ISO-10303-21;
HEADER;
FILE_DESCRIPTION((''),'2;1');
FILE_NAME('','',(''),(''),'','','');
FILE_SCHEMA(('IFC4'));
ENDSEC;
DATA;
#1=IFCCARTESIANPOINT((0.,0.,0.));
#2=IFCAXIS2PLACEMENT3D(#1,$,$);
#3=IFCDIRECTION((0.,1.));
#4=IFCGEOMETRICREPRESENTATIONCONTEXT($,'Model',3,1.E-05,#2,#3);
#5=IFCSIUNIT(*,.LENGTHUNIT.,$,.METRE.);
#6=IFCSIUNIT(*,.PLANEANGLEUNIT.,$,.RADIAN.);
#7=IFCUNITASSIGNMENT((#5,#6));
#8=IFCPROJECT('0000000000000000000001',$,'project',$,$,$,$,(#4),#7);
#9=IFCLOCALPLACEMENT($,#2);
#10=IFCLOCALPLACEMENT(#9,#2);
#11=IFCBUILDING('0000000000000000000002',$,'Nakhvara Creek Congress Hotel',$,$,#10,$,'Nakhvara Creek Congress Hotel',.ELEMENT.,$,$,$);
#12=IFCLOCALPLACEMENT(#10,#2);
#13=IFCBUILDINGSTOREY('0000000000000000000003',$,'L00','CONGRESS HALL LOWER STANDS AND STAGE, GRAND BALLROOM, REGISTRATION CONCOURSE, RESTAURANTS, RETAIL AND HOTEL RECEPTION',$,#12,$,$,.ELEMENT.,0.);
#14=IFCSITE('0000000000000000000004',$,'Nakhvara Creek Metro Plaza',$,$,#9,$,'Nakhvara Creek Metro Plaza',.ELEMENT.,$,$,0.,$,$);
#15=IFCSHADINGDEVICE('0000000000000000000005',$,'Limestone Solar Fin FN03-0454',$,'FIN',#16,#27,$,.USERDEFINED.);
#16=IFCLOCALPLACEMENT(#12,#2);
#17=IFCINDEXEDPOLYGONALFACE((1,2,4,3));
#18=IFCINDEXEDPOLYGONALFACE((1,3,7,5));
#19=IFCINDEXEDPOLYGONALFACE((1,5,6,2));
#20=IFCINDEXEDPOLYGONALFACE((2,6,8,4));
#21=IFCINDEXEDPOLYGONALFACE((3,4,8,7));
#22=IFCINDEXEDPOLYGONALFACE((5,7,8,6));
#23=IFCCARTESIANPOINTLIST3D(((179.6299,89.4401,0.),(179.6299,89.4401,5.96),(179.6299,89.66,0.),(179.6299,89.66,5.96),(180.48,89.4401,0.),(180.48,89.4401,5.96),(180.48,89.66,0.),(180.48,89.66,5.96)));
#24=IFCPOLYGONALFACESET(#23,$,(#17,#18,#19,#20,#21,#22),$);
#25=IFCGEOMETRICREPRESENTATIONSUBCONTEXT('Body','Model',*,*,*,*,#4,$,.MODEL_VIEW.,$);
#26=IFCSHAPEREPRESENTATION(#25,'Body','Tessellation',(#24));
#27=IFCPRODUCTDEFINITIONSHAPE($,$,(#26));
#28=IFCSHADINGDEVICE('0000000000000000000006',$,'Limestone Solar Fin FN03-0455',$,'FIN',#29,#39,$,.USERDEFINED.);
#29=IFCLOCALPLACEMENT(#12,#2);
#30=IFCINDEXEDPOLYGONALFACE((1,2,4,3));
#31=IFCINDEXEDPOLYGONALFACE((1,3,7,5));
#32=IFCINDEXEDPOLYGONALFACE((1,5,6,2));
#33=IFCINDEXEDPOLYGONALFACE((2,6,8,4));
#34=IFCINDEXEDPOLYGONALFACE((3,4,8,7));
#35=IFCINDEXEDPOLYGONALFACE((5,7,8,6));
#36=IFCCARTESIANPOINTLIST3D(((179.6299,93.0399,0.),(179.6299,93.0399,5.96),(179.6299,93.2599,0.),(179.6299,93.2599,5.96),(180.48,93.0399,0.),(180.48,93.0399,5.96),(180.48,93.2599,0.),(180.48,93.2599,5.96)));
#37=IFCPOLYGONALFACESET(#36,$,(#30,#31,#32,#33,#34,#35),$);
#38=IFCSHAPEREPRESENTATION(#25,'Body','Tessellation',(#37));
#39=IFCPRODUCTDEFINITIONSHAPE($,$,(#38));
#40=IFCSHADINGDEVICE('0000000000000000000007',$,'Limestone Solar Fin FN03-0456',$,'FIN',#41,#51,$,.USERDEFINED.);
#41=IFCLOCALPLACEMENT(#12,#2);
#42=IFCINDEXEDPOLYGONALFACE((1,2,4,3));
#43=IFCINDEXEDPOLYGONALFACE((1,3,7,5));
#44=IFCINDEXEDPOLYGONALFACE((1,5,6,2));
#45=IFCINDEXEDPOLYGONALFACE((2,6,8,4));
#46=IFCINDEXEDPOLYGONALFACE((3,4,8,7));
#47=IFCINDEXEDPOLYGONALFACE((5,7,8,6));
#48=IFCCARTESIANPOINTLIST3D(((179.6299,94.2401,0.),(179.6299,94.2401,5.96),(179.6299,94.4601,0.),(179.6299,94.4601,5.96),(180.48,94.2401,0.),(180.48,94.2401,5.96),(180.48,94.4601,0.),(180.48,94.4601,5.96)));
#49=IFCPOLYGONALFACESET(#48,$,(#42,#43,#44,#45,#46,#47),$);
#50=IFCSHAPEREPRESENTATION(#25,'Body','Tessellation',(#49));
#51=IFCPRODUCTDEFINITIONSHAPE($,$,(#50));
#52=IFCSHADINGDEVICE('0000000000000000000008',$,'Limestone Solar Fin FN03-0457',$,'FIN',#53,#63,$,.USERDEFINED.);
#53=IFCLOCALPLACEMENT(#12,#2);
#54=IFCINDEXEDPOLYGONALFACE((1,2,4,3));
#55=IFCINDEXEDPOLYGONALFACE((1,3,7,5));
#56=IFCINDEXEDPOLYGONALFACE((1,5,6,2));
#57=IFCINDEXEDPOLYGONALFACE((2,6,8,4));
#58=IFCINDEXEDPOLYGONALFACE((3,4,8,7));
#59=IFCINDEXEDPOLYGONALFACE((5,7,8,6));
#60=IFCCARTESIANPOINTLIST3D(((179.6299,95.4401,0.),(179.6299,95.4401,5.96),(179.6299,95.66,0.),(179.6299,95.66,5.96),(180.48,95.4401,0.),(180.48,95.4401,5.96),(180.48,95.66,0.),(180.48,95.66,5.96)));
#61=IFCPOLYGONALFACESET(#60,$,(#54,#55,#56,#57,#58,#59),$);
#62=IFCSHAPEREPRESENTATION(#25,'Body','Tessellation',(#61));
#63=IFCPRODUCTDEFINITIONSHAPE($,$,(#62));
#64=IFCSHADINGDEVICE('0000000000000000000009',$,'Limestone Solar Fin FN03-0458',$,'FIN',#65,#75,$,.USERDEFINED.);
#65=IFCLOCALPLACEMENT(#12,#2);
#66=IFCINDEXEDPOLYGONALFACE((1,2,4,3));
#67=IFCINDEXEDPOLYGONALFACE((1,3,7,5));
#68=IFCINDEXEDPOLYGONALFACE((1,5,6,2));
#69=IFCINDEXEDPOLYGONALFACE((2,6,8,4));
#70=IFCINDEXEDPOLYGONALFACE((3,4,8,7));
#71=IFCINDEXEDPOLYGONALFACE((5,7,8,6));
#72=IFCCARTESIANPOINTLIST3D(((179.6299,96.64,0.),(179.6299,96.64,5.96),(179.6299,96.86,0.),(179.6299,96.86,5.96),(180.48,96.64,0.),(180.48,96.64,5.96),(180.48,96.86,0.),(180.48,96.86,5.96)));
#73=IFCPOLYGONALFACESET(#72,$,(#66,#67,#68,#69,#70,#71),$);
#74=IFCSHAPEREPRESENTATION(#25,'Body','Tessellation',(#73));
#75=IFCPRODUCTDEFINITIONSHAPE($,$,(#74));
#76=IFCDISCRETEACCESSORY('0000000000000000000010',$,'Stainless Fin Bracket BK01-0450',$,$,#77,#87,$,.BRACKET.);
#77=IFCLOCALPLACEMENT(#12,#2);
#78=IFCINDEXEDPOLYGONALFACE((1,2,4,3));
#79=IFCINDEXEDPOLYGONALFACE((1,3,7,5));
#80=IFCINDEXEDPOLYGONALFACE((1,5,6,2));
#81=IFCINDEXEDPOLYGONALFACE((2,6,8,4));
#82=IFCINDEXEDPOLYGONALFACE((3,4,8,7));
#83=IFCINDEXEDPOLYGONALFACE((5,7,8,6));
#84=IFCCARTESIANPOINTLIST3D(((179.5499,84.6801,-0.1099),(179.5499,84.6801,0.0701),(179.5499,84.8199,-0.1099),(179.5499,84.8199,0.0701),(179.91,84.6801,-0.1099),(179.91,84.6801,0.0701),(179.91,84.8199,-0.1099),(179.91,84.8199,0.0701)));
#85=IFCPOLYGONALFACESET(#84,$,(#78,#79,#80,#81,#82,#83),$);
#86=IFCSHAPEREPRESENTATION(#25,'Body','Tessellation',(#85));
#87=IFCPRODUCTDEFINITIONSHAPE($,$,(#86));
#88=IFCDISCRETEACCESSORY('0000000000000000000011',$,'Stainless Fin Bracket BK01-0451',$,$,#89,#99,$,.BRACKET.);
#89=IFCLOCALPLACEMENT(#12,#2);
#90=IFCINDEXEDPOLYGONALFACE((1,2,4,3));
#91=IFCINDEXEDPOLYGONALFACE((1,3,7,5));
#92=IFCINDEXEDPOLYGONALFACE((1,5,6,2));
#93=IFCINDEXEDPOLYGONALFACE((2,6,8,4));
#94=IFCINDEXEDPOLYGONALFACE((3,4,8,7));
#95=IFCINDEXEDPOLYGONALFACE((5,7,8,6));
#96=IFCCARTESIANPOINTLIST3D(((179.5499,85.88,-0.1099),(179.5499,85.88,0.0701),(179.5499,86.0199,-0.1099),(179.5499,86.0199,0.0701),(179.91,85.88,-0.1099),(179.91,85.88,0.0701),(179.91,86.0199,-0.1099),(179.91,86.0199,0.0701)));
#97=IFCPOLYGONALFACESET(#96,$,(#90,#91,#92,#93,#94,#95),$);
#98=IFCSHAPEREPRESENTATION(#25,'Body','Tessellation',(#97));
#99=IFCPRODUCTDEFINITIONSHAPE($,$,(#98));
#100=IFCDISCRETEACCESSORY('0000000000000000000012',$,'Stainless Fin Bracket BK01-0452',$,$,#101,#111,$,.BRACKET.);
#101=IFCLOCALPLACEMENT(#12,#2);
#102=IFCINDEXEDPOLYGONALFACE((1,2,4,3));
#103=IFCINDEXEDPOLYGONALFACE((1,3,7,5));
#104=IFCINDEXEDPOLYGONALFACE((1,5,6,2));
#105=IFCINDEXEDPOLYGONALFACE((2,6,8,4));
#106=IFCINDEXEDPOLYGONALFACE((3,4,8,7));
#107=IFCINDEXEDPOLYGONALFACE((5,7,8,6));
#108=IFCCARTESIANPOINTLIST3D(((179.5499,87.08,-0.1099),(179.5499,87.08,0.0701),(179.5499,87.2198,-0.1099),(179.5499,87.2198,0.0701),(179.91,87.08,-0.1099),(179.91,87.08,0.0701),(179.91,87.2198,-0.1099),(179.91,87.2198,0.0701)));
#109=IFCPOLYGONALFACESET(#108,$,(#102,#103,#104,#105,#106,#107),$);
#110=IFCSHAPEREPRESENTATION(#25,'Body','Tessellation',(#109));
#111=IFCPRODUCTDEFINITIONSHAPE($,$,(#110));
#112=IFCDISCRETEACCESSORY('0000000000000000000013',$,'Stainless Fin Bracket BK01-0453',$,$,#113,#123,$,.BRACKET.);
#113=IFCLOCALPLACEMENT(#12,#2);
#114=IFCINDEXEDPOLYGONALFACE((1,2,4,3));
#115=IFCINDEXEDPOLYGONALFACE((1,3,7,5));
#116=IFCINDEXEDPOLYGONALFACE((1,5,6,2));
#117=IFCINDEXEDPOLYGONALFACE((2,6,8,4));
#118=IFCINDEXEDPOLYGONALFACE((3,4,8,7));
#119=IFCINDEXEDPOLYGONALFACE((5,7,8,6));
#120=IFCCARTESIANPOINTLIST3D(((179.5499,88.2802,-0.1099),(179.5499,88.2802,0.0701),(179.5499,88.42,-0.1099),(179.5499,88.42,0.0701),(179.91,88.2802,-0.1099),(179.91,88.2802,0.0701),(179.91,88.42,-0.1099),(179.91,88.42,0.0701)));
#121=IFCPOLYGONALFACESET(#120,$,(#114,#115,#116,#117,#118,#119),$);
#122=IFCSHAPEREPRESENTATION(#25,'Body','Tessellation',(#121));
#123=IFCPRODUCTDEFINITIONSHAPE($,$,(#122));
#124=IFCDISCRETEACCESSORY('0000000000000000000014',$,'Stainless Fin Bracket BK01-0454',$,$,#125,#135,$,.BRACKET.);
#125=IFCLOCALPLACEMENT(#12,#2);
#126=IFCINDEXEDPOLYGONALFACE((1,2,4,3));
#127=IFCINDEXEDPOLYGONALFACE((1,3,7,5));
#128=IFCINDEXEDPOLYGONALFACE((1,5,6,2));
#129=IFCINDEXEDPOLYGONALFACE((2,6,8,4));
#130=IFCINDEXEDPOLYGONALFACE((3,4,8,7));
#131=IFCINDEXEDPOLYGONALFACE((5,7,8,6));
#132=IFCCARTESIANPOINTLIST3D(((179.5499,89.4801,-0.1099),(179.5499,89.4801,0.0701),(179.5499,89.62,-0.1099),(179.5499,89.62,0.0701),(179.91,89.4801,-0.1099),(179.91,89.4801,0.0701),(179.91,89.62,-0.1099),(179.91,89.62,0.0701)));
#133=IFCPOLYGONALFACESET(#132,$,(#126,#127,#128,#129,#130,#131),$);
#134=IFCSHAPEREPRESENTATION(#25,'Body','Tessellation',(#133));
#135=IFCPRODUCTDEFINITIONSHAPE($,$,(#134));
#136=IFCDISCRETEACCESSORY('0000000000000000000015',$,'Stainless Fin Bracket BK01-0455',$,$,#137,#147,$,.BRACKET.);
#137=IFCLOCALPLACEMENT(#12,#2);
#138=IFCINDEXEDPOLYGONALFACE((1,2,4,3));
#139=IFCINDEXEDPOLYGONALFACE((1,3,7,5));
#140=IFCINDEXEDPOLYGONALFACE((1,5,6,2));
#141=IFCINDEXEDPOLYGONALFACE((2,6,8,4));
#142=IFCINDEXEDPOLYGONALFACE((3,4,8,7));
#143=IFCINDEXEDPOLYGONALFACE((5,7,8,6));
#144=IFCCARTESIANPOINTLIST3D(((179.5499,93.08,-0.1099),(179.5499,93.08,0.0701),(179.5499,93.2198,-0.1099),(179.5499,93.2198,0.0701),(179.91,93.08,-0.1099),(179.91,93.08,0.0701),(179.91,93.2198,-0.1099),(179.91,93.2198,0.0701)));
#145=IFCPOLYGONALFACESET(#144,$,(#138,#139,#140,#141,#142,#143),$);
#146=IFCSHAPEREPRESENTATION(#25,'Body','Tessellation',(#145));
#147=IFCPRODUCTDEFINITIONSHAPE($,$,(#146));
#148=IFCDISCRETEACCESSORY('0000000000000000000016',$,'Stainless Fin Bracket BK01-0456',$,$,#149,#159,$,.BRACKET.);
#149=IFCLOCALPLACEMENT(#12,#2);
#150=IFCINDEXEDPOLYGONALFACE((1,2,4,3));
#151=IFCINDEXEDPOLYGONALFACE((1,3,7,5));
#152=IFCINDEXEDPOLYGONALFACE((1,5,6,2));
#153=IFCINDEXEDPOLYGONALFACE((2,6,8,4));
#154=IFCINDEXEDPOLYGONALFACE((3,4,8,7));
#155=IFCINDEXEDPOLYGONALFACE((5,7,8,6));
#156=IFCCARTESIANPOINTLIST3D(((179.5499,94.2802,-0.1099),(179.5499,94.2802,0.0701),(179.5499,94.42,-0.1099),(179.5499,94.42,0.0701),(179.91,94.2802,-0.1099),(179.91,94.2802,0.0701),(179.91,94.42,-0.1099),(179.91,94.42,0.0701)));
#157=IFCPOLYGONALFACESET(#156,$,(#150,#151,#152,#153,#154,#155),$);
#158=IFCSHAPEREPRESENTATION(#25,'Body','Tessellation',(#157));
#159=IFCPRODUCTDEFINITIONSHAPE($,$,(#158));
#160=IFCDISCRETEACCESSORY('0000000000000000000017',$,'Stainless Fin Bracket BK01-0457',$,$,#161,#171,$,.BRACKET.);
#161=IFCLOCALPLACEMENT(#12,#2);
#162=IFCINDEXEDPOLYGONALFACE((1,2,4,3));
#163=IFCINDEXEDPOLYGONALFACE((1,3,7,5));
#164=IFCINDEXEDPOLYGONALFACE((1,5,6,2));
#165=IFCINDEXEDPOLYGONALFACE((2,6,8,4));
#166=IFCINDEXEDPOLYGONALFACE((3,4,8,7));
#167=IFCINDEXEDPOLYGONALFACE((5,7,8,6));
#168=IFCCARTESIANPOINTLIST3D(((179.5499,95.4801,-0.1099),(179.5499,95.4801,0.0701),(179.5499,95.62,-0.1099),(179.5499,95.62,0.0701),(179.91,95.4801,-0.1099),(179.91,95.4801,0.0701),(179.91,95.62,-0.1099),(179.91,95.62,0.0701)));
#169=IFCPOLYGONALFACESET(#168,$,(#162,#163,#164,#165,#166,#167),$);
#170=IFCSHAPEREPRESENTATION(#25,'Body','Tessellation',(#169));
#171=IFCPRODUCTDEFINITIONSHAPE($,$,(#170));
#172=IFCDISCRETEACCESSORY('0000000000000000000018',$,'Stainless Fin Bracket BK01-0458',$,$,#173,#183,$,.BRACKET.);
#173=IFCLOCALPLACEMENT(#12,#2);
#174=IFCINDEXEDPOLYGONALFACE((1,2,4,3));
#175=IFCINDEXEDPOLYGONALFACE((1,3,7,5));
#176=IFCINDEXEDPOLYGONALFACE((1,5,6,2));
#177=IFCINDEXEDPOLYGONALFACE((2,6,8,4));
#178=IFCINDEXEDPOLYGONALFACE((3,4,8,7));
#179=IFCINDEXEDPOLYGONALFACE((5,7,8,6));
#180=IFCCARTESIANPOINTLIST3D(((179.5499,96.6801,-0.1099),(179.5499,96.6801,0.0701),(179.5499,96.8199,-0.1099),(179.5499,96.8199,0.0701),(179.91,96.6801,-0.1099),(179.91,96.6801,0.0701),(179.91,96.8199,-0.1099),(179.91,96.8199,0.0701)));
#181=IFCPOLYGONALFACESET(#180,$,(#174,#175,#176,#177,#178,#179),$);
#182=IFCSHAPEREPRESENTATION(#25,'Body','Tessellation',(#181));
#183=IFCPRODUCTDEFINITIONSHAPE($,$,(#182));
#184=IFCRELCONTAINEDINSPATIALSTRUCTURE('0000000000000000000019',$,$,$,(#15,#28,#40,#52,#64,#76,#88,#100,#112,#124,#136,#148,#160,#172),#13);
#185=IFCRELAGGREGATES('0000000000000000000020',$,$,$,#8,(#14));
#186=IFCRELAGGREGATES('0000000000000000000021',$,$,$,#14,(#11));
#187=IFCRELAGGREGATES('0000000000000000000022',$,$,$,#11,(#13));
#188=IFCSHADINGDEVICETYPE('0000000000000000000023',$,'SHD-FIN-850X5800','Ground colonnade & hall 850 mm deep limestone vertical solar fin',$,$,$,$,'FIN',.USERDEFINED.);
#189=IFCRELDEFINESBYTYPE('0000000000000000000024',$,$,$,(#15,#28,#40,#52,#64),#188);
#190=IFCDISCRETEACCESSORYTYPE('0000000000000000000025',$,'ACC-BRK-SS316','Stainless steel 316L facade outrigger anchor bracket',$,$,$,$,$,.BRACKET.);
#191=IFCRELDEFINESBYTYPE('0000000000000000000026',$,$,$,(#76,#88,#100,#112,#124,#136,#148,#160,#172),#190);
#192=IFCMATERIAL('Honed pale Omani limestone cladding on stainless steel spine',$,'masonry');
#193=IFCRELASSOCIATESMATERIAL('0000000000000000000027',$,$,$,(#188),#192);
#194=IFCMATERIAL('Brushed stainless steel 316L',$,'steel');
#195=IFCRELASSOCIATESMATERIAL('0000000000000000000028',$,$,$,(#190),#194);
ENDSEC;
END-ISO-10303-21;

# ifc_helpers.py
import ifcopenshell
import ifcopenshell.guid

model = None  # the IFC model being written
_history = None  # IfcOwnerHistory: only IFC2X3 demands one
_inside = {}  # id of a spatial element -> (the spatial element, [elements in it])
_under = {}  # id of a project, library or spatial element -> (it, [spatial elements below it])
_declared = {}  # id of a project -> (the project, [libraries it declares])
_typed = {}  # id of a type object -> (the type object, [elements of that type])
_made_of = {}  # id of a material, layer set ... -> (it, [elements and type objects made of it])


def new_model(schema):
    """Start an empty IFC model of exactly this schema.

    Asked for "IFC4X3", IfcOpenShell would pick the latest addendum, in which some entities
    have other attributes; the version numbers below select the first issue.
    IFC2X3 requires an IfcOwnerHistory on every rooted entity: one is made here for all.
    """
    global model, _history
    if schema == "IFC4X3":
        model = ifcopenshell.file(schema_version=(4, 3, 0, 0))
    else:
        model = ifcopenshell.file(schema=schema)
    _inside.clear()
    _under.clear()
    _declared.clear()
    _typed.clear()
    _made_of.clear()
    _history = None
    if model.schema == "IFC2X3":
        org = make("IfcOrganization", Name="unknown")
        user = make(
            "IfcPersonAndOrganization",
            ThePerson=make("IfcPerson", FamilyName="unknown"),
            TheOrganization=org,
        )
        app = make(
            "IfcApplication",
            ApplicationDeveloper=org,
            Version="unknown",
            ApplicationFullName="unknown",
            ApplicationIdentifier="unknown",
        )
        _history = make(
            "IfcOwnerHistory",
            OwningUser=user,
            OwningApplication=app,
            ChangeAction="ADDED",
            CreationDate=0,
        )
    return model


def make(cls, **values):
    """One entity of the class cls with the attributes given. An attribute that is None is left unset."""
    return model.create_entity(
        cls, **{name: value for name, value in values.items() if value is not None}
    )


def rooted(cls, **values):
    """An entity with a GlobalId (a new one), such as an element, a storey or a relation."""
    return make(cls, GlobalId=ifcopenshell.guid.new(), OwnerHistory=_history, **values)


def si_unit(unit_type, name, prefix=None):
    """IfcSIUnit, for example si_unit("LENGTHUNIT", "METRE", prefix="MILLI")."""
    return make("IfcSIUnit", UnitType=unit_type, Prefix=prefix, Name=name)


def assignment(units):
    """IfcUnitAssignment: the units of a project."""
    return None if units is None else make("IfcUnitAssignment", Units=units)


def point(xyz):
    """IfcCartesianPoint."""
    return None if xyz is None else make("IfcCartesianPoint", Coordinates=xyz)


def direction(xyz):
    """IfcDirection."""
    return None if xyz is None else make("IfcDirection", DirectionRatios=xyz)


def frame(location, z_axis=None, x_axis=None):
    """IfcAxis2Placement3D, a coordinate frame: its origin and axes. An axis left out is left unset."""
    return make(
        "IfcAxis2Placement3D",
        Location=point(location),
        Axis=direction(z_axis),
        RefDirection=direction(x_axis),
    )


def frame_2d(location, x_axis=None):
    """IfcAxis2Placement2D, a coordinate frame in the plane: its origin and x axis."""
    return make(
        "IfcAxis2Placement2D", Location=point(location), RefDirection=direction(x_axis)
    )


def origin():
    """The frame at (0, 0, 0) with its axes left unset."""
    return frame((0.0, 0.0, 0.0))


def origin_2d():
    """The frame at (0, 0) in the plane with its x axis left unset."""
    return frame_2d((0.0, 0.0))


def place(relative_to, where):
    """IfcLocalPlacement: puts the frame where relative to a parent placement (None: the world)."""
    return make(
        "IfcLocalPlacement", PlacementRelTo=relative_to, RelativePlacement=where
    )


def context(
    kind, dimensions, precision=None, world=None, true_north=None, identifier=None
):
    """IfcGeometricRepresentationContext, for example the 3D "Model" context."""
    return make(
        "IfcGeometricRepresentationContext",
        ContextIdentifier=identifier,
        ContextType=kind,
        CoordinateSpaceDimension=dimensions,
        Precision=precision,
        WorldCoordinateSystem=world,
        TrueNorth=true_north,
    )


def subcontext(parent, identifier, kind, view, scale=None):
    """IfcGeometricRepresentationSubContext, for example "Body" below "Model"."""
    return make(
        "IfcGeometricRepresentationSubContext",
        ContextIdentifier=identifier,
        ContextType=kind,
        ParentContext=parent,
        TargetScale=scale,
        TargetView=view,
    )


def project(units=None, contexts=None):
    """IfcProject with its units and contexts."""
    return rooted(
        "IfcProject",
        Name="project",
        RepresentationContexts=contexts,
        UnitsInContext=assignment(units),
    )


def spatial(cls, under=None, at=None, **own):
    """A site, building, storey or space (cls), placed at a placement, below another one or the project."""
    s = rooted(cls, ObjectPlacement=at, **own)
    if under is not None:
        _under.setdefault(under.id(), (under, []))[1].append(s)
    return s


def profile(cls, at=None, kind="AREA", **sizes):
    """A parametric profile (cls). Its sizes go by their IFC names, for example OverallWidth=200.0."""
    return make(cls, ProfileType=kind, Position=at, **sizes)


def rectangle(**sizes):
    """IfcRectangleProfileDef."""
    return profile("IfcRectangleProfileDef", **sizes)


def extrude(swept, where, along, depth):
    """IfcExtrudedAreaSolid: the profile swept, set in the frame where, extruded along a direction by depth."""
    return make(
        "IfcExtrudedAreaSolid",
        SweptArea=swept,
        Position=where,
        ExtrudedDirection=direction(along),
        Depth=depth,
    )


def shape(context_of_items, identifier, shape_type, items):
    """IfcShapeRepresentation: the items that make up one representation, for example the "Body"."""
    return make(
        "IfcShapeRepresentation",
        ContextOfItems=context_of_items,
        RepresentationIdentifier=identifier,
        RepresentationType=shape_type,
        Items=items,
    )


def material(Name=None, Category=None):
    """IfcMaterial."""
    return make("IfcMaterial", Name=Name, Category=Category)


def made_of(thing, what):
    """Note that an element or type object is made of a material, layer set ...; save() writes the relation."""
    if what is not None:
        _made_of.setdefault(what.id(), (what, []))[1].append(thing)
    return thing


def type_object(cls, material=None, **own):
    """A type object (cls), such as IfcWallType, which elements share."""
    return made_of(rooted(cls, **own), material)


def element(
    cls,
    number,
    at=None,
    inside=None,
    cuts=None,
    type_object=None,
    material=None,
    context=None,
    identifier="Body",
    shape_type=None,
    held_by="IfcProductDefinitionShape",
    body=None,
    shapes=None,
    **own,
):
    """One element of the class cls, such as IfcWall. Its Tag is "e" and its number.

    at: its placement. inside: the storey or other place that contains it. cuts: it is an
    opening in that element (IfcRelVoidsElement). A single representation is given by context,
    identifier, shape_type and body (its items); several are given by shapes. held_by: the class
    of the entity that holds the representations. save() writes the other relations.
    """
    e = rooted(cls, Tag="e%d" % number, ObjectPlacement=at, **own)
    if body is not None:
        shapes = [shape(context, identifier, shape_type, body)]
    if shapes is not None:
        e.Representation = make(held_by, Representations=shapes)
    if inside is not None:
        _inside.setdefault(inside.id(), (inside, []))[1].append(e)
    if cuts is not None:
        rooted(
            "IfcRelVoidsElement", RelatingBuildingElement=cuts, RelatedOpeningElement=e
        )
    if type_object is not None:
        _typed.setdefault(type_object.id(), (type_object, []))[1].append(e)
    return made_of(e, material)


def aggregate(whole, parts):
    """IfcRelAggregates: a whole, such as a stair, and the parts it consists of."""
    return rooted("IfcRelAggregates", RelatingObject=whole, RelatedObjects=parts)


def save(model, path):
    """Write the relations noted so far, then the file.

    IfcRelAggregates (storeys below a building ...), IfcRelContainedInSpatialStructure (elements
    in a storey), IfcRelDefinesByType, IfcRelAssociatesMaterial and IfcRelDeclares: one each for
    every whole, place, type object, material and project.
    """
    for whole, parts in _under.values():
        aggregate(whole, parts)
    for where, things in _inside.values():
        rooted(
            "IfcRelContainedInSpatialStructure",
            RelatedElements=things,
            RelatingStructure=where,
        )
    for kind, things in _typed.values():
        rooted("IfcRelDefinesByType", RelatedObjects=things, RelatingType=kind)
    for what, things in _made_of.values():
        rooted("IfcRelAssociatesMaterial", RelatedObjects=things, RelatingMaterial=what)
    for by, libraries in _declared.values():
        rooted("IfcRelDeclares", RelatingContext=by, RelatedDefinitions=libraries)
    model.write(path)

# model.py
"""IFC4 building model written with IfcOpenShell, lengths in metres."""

from ifc_helpers import new_model, si_unit, direction, frame, origin, origin_2d, place, context, subcontext, project, spatial, rectangle, extrude, material, type_object, element, save


model = new_model("IFC4")

# Units and contexts
model_context = context("Model", 3, precision=1e-05, world=origin(), true_north=direction((0.0, 1.0)))
body_context = subcontext(model_context, "Body", "Model", "MODEL_VIEW")
ifc_project = project(units=[si_unit("LENGTHUNIT", "METRE"), si_unit("PLANEANGLEUNIT", "RADIAN")], contexts=[model_context])

# Site, building, storey
site_placement = place(None, origin())
site = spatial("IfcSite", under=ifc_project, at=site_placement, Name="Nakhvara Creek Metro Plaza", LongName="Nakhvara Creek Metro Plaza", CompositionType="ELEMENT", RefElevation=0.0)
building_placement = place(site_placement, origin())
building = spatial("IfcBuilding", under=site, at=building_placement, Name="Nakhvara Creek Congress Hotel", LongName="Nakhvara Creek Congress Hotel", CompositionType="ELEMENT")
storey_placement = place(building_placement, origin())
storey = spatial("IfcBuildingStorey", under=building, at=storey_placement, Name="L00", Description="CONGRESS HALL LOWER STANDS AND STAGE, GRAND BALLROOM, REGISTRATION CONCOURSE, RESTAURANTS, RETAIL AND HOTEL RECEPTION", CompositionType="ELEMENT", Elevation=0.0)

# Shading devices
ifc_material_1 = material(Name="Honed pale Omani limestone cladding on stainless steel spine", Category="masonry")
shading_device_type = type_object("IfcShadingDeviceType", Name="SHD-FIN-850X5800", Description="Ground colonnade & hall 850 mm deep limestone vertical solar fin", ElementType="FIN", PredefinedType="USERDEFINED", material=ifc_material_1)
for number, where, z_axis, x_axis, name in (
    (1, (180.0549, 89.55, 0.0), (0.0, 0.0, 1.0), (0.0, 1.0, 0.0), "Limestone Solar Fin FN03-0454"),
    (2, (180.0549, 93.1499, 0.0), (0.0, 0.0, 1.0), (0.0, 1.0, 0.0), "Limestone Solar Fin FN03-0455"),
    (3, (180.0549, 94.3501, 0.0), (0.0, 0.0, 1.0), (0.0, 1.0, 0.0), "Limestone Solar Fin FN03-0456"),
    (4, (180.0549, 95.55, 0.0), (0.0, 0.0, 1.0), (0.0, 1.0, 0.0), "Limestone Solar Fin FN03-0457"),
    (5, (180.0549, 96.75, 0.0), (0.0, 0.0, 1.0), (0.0, 1.0, 0.0), "Limestone Solar Fin FN03-0458"),
):
    element("IfcShadingDevice", number, at=place(storey_placement, frame(where, z_axis=z_axis, x_axis=x_axis)), inside=storey, type_object=shading_device_type, Name=name, ObjectType="FIN", PredefinedType="USERDEFINED", context=body_context, shape_type="SweptSolid", body=[
        extrude(rectangle(XDim=0.22, YDim=0.8501, at=origin_2d()), origin(), (0.0, 0.0, 1.0), 5.96),
    ])

# Discrete accessories
ifc_material_2 = material(Name="Brushed stainless steel 316L", Category="steel")
discrete_accessory_type = type_object("IfcDiscreteAccessoryType", Name="ACC-BRK-SS316", Description="Stainless steel 316L facade outrigger anchor bracket", PredefinedType="BRACKET", material=ifc_material_2)
for number, where, z_axis, x_axis, name in (
    (6, (179.73, 84.75, -0.1099), (0.0, 0.0, 1.0), (0.0, 1.0, 0.0), "Stainless Fin Bracket BK01-0450"),
    (7, (179.73, 85.95, -0.1099), (0.0, 0.0, 1.0), (0.0, 1.0, 0.0), "Stainless Fin Bracket BK01-0451"),
    (8, (179.73, 87.1499, -0.1099), (0.0, 0.0, 1.0), (0.0, 1.0, 0.0), "Stainless Fin Bracket BK01-0452"),
    (9, (179.73, 88.3501, -0.1099), (0.0, 0.0, 1.0), (0.0, 1.0, 0.0), "Stainless Fin Bracket BK01-0453"),
    (10, (179.73, 89.55, -0.1099), (0.0, 0.0, 1.0), (0.0, 1.0, 0.0), "Stainless Fin Bracket BK01-0454"),
    (11, (179.73, 93.1499, -0.1099), (0.0, 0.0, 1.0), (0.0, 1.0, 0.0), "Stainless Fin Bracket BK01-0455"),
    (12, (179.73, 94.3501, -0.1099), (0.0, 0.0, 1.0), (0.0, 1.0, 0.0), "Stainless Fin Bracket BK01-0456"),
    (13, (179.73, 95.55, -0.1099), (0.0, 0.0, 1.0), (0.0, 1.0, 0.0), "Stainless Fin Bracket BK01-0457"),
    (14, (179.73, 96.75, -0.1099), (0.0, 0.0, 1.0), (0.0, 1.0, 0.0), "Stainless Fin Bracket BK01-0458"),
):
    element("IfcDiscreteAccessory", number, at=place(storey_placement, frame(where, z_axis=z_axis, x_axis=x_axis)), inside=storey, type_object=discrete_accessory_type, Name=name, PredefinedType="BRACKET", context=body_context, shape_type="SweptSolid", body=[
        extrude(rectangle(XDim=0.1399, YDim=0.3601, at=origin_2d()), origin(), (0.0, 0.0, 1.0), 0.1799),
    ])

save(model, "model.ifc")
